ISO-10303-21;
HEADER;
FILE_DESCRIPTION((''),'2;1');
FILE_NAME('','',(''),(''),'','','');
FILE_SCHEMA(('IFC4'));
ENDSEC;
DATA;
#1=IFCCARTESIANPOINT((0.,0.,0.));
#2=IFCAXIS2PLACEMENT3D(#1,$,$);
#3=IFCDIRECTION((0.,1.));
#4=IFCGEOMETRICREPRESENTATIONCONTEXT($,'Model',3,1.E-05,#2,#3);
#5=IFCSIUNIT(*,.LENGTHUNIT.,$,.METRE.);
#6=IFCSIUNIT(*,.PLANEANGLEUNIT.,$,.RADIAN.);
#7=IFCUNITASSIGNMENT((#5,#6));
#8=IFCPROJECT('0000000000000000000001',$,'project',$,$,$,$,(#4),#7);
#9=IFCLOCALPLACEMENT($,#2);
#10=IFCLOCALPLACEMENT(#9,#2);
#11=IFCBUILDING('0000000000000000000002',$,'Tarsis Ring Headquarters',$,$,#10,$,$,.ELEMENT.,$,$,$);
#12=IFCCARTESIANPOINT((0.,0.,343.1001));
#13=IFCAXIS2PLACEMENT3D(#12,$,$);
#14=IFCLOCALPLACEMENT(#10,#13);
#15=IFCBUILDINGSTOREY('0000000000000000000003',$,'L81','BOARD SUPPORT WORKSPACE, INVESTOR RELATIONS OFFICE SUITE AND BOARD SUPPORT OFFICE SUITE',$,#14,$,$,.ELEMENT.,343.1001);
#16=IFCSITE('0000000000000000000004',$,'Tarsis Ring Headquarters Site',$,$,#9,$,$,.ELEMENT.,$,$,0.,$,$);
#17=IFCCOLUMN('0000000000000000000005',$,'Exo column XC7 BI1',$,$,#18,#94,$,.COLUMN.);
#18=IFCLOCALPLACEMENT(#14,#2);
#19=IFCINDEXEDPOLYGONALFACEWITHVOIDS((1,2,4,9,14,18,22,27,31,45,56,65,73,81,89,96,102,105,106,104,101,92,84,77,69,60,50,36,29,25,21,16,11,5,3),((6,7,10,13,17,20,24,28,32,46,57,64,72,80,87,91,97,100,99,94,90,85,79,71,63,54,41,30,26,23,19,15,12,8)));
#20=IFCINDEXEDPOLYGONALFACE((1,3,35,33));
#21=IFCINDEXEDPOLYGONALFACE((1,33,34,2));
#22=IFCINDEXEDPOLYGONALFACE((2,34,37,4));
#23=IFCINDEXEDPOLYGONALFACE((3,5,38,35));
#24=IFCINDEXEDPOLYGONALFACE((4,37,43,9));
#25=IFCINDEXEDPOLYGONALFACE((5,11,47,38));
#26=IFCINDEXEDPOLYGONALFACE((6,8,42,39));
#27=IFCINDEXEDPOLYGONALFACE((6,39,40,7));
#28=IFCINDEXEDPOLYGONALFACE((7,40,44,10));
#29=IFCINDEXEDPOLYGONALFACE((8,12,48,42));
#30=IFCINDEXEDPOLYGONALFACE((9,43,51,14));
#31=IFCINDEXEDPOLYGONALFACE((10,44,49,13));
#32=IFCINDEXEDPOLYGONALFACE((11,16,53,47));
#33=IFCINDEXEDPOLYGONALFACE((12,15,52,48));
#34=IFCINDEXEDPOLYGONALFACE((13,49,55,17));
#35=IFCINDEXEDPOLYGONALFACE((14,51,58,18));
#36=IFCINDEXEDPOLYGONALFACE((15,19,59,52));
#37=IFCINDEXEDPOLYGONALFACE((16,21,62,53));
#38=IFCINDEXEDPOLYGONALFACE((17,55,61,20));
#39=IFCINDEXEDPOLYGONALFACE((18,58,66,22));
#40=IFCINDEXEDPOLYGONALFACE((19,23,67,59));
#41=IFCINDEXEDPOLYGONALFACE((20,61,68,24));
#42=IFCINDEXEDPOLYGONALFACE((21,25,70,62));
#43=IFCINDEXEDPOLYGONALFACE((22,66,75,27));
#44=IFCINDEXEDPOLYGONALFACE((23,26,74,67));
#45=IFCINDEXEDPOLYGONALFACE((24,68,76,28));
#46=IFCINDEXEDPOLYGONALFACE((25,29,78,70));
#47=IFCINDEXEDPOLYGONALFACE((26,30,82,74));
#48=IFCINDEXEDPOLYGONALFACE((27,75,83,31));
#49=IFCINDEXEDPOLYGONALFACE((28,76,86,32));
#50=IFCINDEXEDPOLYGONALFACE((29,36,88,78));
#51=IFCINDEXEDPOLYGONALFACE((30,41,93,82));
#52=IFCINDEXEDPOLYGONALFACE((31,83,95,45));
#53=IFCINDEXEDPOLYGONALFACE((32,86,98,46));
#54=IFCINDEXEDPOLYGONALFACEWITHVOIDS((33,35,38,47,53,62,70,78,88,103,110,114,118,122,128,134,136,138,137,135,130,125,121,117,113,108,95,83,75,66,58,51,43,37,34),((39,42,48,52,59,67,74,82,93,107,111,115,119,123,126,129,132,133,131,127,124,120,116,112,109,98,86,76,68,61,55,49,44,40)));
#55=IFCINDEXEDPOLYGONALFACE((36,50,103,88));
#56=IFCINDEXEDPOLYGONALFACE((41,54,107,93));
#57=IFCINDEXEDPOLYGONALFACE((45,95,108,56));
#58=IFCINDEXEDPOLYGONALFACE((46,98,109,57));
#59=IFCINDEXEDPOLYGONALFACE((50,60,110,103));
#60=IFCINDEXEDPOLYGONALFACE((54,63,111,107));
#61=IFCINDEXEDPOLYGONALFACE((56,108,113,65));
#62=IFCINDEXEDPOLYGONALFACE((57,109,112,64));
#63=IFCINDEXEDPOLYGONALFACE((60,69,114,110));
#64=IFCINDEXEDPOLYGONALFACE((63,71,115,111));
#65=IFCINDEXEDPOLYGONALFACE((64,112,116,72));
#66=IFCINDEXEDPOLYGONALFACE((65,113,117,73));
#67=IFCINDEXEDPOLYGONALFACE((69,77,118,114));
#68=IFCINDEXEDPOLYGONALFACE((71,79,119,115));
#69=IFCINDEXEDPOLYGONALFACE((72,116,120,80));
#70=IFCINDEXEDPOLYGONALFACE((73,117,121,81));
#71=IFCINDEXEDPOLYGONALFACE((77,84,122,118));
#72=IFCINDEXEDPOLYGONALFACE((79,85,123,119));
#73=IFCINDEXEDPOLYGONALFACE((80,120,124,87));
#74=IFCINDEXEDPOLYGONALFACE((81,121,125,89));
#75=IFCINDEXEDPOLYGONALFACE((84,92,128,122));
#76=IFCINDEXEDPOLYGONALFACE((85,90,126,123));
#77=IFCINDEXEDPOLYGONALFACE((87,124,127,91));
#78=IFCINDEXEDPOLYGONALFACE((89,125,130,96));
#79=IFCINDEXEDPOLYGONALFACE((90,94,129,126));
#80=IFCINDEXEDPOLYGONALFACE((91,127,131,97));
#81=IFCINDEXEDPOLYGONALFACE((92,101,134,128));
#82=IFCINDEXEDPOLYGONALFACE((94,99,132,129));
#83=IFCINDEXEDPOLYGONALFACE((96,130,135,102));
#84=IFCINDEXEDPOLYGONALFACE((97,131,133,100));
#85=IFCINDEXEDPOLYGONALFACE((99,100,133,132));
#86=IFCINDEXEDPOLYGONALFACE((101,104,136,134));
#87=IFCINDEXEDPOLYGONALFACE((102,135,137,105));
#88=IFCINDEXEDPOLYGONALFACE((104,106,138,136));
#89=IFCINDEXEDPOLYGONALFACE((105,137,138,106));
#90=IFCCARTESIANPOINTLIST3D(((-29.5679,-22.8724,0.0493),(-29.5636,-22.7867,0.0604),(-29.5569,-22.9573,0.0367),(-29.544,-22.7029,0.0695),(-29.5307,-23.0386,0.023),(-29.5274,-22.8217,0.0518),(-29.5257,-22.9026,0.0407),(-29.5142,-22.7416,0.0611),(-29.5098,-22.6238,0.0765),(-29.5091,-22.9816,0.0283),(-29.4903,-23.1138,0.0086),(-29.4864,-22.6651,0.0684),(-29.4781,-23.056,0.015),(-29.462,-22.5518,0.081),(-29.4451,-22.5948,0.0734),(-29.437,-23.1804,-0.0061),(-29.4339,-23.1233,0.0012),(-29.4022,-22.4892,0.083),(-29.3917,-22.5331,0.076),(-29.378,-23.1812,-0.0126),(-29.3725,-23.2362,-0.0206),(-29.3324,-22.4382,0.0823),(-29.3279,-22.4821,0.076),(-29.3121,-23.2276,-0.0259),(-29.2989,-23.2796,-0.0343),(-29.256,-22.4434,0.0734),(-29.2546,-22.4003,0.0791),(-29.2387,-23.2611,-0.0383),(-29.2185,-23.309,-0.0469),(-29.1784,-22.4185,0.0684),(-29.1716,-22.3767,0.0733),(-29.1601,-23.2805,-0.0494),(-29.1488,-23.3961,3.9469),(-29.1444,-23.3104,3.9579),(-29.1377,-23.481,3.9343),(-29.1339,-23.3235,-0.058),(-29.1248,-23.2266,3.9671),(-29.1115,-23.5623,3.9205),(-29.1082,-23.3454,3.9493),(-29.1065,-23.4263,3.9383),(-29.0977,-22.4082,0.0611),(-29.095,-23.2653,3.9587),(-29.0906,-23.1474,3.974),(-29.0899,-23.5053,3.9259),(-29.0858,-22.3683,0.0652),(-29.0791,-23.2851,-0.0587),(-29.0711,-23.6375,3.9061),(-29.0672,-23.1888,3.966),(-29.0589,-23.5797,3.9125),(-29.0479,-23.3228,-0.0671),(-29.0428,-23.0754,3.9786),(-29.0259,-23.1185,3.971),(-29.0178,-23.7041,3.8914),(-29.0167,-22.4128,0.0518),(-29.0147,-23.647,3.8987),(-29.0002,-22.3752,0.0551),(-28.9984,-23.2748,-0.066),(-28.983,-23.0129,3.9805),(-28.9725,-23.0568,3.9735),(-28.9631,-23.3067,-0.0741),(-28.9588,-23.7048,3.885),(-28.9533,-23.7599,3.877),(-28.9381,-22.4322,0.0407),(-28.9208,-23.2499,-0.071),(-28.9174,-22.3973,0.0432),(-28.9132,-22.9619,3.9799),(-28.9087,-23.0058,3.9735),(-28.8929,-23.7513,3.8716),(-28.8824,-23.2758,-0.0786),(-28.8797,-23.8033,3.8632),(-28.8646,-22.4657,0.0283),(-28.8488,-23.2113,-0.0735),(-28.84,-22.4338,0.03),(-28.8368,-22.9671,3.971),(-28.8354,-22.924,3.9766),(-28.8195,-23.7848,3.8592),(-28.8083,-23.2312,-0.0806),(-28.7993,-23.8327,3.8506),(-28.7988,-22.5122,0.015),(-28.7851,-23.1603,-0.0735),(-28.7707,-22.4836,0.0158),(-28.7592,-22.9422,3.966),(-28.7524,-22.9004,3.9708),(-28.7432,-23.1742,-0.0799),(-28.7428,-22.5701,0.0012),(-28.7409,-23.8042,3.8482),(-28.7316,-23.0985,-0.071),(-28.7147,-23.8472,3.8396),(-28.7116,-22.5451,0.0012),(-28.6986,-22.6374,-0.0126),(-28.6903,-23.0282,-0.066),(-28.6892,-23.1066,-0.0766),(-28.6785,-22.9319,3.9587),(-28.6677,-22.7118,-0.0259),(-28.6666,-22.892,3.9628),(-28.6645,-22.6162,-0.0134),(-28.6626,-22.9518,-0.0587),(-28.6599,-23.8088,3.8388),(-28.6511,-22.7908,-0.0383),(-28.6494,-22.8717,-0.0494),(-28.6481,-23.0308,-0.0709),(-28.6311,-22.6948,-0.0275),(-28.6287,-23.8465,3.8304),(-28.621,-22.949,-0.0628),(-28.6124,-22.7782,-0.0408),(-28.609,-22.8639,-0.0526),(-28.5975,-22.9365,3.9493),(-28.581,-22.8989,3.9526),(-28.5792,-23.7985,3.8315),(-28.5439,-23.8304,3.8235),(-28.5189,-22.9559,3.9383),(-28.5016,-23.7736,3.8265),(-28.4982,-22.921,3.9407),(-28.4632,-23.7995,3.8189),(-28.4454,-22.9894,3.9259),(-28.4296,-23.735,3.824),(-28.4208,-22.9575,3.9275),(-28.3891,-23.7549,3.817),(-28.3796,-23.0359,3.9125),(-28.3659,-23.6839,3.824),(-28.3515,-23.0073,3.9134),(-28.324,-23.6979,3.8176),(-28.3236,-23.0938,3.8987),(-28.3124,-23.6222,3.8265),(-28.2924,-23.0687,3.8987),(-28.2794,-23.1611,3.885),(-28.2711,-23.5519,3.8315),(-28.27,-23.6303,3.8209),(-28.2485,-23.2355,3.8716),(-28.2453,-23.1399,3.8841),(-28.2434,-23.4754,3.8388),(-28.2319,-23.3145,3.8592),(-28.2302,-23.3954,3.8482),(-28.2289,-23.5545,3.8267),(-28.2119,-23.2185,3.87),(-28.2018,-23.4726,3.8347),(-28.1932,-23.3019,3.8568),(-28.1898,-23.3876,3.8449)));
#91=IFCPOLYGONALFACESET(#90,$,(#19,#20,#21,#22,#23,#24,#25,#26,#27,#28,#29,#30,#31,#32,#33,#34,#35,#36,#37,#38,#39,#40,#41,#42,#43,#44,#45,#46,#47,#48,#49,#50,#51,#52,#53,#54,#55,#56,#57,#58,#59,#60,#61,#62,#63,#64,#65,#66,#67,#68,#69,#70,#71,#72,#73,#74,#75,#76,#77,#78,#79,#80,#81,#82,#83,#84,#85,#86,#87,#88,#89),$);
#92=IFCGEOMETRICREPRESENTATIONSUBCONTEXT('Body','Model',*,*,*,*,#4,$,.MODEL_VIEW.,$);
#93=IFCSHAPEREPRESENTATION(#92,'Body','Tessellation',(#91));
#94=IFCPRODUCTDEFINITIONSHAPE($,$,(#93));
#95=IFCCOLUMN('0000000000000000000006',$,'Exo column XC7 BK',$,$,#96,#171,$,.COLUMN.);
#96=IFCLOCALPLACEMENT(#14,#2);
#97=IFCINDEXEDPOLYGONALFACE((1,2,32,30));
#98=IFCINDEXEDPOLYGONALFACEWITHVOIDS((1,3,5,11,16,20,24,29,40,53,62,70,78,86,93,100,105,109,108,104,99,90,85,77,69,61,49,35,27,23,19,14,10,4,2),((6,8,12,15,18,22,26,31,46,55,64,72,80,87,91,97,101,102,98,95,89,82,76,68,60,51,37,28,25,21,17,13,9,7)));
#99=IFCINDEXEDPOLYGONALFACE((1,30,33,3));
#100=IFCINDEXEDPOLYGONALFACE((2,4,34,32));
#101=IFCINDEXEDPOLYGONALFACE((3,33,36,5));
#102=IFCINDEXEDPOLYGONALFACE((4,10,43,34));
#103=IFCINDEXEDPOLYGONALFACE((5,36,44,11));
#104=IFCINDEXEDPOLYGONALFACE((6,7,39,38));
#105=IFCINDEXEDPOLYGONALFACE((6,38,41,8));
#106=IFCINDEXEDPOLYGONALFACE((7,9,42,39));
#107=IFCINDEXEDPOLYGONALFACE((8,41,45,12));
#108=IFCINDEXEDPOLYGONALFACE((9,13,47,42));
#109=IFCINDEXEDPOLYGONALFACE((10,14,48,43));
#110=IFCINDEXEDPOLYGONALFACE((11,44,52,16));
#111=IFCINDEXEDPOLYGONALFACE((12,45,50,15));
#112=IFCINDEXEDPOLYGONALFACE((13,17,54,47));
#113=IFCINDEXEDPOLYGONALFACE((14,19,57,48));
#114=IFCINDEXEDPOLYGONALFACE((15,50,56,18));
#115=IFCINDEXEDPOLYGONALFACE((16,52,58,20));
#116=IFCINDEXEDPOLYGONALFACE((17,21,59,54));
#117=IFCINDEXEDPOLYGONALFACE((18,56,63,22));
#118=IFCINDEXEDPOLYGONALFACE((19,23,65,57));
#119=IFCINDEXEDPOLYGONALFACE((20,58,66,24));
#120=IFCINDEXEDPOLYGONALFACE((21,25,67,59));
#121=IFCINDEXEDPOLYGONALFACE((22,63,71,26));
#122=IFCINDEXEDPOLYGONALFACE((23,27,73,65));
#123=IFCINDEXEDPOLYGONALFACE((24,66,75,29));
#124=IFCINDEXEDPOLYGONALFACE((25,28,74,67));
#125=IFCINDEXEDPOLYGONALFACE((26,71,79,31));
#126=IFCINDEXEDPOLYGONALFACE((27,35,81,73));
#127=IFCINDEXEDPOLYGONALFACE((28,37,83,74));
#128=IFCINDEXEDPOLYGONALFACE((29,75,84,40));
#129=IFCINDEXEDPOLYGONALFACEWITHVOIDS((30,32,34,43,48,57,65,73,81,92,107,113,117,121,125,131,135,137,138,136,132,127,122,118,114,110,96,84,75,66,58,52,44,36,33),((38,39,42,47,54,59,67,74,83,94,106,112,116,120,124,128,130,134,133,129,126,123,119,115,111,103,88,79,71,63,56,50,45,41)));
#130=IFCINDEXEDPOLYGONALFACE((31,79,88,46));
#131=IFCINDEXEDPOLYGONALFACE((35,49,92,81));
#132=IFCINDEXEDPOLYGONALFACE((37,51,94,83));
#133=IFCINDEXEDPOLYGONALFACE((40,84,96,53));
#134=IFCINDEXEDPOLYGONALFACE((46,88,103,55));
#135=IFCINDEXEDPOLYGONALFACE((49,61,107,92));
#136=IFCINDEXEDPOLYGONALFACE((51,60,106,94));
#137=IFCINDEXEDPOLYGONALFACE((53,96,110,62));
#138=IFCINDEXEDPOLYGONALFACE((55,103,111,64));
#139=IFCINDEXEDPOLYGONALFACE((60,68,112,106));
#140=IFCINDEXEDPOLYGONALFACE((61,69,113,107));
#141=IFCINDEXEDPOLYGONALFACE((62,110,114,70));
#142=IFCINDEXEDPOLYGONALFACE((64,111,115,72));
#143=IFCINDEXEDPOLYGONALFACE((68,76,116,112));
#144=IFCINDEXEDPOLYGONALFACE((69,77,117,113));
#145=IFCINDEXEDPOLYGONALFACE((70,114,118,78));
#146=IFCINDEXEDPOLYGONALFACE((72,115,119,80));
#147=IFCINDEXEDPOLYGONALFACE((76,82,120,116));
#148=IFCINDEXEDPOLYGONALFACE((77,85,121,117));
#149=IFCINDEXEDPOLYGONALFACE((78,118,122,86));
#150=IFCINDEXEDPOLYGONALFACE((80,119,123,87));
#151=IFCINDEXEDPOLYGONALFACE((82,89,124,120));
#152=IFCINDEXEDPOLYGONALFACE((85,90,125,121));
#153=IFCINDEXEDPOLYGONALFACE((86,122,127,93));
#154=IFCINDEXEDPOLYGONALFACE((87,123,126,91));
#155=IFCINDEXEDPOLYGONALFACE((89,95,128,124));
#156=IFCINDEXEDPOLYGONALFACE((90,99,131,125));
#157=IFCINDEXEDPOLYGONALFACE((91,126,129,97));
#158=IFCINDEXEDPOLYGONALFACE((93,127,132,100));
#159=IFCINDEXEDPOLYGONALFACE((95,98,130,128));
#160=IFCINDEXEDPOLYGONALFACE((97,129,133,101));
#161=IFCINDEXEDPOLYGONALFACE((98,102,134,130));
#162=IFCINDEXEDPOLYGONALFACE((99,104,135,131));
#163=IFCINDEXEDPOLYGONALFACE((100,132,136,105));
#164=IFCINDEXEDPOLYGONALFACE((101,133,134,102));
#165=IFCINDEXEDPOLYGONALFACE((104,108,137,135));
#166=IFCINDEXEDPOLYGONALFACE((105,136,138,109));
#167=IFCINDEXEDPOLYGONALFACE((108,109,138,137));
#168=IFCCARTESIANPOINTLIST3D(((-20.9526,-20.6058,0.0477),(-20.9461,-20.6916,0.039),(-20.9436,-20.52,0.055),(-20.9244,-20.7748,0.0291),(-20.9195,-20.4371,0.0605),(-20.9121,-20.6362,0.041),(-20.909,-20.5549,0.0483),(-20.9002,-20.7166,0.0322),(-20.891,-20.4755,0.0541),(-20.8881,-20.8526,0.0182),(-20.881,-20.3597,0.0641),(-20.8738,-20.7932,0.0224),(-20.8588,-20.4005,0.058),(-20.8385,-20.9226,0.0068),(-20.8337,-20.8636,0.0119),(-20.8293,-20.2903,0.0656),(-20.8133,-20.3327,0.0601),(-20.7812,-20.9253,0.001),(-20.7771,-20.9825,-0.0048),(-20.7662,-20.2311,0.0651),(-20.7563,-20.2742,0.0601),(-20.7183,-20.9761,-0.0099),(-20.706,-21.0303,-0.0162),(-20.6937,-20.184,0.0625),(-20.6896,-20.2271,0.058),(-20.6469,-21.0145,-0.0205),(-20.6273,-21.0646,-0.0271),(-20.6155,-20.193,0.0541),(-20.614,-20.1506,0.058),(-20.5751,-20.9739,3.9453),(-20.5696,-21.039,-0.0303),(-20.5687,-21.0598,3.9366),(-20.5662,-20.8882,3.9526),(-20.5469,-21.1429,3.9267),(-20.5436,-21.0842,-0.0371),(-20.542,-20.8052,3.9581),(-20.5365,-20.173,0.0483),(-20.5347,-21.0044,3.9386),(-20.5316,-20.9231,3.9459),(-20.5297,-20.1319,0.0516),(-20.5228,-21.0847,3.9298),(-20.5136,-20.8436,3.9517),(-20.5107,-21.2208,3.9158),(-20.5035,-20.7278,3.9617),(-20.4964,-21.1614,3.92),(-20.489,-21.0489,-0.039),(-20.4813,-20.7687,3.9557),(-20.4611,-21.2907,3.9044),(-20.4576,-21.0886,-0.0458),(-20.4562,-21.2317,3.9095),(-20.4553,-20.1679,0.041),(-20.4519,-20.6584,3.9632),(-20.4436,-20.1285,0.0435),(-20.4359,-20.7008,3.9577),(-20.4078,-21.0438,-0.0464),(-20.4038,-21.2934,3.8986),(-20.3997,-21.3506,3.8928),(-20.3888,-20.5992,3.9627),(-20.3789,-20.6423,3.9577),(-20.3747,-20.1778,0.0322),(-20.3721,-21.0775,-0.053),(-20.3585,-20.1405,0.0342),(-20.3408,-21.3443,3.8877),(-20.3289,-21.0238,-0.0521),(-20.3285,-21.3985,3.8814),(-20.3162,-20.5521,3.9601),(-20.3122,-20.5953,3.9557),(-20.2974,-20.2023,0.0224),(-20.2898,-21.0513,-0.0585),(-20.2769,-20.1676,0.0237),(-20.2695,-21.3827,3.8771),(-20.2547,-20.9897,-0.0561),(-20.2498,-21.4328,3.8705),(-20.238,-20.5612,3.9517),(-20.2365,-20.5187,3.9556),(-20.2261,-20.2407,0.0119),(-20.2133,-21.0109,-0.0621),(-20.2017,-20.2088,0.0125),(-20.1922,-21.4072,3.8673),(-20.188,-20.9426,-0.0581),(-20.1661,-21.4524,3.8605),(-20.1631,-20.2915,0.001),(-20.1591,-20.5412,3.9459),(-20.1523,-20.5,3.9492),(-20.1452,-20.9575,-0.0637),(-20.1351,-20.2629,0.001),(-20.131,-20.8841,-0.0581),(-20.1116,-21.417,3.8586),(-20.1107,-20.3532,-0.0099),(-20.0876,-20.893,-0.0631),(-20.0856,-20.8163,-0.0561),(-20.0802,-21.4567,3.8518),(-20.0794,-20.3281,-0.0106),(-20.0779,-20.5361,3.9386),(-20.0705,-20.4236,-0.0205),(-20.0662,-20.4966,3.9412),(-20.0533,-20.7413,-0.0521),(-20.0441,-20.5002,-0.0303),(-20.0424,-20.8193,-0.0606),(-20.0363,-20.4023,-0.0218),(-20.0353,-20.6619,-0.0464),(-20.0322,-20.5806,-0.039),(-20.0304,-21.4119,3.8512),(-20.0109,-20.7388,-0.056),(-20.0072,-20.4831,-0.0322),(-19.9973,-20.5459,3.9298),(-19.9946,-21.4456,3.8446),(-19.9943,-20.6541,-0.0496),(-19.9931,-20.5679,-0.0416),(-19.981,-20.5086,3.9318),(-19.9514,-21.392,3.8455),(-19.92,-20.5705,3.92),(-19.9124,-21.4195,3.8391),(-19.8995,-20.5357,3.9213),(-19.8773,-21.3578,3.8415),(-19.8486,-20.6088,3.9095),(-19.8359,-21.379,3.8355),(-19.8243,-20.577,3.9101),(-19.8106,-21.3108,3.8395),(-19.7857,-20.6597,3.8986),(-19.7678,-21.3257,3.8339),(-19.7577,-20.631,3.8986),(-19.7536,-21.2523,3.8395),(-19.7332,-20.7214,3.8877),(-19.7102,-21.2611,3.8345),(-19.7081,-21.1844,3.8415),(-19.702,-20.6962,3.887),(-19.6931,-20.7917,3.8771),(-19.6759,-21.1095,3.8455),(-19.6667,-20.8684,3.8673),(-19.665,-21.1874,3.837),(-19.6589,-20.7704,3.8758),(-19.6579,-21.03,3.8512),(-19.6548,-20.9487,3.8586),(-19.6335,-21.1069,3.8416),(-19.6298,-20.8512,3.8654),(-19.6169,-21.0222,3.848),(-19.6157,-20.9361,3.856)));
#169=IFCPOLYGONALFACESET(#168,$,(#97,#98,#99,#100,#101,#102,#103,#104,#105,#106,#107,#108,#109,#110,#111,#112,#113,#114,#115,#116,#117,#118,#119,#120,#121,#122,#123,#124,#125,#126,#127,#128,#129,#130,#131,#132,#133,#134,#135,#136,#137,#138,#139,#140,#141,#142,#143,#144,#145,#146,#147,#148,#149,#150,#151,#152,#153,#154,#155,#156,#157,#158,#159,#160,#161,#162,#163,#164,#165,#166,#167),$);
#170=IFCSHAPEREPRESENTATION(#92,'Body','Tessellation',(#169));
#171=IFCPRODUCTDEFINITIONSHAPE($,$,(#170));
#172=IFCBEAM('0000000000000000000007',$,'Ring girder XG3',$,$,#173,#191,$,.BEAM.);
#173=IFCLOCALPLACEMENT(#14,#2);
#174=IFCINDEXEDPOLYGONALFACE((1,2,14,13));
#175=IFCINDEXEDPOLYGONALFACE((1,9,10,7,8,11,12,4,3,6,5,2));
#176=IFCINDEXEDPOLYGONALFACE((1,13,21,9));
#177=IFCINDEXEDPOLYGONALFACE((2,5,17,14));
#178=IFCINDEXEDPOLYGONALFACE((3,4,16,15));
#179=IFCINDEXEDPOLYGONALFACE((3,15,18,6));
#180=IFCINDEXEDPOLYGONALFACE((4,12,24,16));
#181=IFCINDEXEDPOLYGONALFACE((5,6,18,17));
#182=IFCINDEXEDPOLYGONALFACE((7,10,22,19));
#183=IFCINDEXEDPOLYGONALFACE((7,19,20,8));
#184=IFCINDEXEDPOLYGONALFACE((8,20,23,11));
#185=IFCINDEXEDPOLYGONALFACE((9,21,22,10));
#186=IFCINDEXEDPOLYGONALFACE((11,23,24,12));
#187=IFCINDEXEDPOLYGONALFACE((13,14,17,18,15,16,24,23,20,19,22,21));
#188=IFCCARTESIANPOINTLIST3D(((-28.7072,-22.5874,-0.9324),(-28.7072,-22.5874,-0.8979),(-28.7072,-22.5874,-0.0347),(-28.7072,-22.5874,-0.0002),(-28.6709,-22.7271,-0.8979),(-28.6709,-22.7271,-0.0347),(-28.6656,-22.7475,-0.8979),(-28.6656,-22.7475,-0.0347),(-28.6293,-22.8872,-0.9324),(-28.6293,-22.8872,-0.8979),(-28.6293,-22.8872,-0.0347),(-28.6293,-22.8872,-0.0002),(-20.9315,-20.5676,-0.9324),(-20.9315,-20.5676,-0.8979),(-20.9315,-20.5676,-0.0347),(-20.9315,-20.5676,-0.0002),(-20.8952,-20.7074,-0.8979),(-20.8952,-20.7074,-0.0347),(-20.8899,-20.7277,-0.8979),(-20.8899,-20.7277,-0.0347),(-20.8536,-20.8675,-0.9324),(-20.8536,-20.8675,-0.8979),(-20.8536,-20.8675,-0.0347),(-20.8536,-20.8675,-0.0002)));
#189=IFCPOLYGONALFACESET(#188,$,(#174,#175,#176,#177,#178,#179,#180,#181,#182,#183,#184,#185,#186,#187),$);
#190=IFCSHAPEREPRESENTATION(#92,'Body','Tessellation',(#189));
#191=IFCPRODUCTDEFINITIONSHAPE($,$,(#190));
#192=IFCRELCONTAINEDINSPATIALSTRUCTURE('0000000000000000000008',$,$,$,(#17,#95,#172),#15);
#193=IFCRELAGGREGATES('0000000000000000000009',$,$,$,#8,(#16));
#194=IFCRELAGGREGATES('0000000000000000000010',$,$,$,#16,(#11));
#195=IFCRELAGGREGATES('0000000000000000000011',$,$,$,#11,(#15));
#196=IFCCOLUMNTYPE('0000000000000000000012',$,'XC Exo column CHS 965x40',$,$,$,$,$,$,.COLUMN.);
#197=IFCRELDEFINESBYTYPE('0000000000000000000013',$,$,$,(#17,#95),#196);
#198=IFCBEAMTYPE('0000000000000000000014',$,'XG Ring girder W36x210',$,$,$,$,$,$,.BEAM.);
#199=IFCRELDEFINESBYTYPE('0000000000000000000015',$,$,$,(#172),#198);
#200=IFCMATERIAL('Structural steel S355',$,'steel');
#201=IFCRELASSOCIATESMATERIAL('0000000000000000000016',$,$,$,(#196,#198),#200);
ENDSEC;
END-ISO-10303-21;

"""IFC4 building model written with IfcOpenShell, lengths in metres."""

from ifc_helpers import new_model, si_unit, direction, frame, origin, origin_2d, place, context, subcontext, project, spatial, hollow_circle, i_section, extrude, material, material_profile, profile_set, type_object, element, save


model = new_model("IFC4")

# Units and contexts
model_context = context("Model", 3, precision=1e-05, world=origin(), true_north=direction((0.0, 1.0)))
body_context = subcontext(model_context, "Body", "Model", "MODEL_VIEW")
ifc_project = project(units=[si_unit("LENGTHUNIT", "METRE"), si_unit("PLANEANGLEUNIT", "RADIAN")], contexts=[model_context])

# Site, building, storey
site_placement = place(None, origin())
site = spatial("IfcSite", under=ifc_project, at=site_placement, Name="Tarsis Ring Headquarters Site", CompositionType="ELEMENT", RefElevation=0.0)
building_placement = place(site_placement, origin())
building = spatial("IfcBuilding", under=site, at=building_placement, Name="Tarsis Ring Headquarters", CompositionType="ELEMENT")
storey_placement = place(building_placement, frame((0.0, 0.0, 343.1001)))
storey = spatial("IfcBuildingStorey", under=building, at=storey_placement, Name="L81", Description="BOARD SUPPORT WORKSPACE, INVESTOR RELATIONS OFFICE SUITE AND BOARD SUPPORT OFFICE SUITE", CompositionType="ELEMENT", Elevation=343.1001)

# Columns
ifc_material_1 = material(Name="Structural steel S355", Category="steel")
ifc_material_profile_1 = material_profile(ifc_material_1, hollow_circle(Radius=0.4827, WallThickness=0.04, at=origin_2d()), Name="CHS 965x40")
ifc_profile_set_1 = profile_set([ifc_material_profile_1], Name="Structural steel S355")
column_type = type_object("IfcColumnType", Name="XC Exo column CHS 965x40", PredefinedType="COLUMN", material=ifc_profile_set_1)
column_1_placement = place(storey_placement, frame((-29.0884, -22.8467, 0.0012), z_axis=(0.105996, -0.132418, 0.98551), x_axis=(0.780691, 0.624917, 0.0)))
element("IfcColumn", 1, at=column_1_placement, inside=storey, type_object=column_type, Name="Exo column XC7 BI1", PredefinedType="COLUMN", context=body_context, shape_type="SweptSolid", body=[
    extrude(hollow_circle(Radius=0.4827, WallThickness=0.04, at=origin_2d()), origin(), (0.0, 0.0, 1.0), 3.9548),
])
column_2_placement = place(storey_placement, frame((-20.4722, -20.6084, 0.001), z_axis=(0.095963, -0.093604, 0.990974), x_axis=(0.698254, 0.71585, 0.0)))
element("IfcColumn", 2, at=column_2_placement, inside=storey, type_object=column_type, Name="Exo column XC7 BK", PredefinedType="COLUMN", context=body_context, shape_type="SweptSolid", body=[
    extrude(hollow_circle(Radius=0.4827, WallThickness=0.04, at=origin_2d()), origin(), (0.0, 0.0, 1.0), 3.9331),
])

# Beam
ifc_material_profile_2 = material_profile(ifc_material_1, i_section(OverallWidth=0.3098, OverallDepth=0.9321, WebThickness=0.021, FlangeThickness=0.0344, at=origin_2d()), Name="W36x210")
ifc_profile_set_2 = profile_set([ifc_material_profile_2], Name="Structural steel S355")
beam_type = type_object("IfcBeamType", Name="XG Ring girder W36x210", PredefinedType="BEAM", material=ifc_profile_set_2)
beam_placement = place(storey_placement, frame((-28.6682, -22.7373, -0.4663), z_axis=(0.96788, 0.251414, 0.0), x_axis=(-0.251414, 0.96788, 0.0)))
element("IfcBeam", 3, at=beam_placement, inside=storey, type_object=beam_type, Name="Ring girder XG3", PredefinedType="BEAM", context=body_context, shape_type="SweptSolid", body=[
    extrude(i_section(OverallWidth=0.3098, OverallDepth=0.9321, WebThickness=0.021, FlangeThickness=0.0344, at=origin_2d()), origin(), (0.0, 0.0, 1.0), 8.0337),
])

save(model, "model.ifc")
